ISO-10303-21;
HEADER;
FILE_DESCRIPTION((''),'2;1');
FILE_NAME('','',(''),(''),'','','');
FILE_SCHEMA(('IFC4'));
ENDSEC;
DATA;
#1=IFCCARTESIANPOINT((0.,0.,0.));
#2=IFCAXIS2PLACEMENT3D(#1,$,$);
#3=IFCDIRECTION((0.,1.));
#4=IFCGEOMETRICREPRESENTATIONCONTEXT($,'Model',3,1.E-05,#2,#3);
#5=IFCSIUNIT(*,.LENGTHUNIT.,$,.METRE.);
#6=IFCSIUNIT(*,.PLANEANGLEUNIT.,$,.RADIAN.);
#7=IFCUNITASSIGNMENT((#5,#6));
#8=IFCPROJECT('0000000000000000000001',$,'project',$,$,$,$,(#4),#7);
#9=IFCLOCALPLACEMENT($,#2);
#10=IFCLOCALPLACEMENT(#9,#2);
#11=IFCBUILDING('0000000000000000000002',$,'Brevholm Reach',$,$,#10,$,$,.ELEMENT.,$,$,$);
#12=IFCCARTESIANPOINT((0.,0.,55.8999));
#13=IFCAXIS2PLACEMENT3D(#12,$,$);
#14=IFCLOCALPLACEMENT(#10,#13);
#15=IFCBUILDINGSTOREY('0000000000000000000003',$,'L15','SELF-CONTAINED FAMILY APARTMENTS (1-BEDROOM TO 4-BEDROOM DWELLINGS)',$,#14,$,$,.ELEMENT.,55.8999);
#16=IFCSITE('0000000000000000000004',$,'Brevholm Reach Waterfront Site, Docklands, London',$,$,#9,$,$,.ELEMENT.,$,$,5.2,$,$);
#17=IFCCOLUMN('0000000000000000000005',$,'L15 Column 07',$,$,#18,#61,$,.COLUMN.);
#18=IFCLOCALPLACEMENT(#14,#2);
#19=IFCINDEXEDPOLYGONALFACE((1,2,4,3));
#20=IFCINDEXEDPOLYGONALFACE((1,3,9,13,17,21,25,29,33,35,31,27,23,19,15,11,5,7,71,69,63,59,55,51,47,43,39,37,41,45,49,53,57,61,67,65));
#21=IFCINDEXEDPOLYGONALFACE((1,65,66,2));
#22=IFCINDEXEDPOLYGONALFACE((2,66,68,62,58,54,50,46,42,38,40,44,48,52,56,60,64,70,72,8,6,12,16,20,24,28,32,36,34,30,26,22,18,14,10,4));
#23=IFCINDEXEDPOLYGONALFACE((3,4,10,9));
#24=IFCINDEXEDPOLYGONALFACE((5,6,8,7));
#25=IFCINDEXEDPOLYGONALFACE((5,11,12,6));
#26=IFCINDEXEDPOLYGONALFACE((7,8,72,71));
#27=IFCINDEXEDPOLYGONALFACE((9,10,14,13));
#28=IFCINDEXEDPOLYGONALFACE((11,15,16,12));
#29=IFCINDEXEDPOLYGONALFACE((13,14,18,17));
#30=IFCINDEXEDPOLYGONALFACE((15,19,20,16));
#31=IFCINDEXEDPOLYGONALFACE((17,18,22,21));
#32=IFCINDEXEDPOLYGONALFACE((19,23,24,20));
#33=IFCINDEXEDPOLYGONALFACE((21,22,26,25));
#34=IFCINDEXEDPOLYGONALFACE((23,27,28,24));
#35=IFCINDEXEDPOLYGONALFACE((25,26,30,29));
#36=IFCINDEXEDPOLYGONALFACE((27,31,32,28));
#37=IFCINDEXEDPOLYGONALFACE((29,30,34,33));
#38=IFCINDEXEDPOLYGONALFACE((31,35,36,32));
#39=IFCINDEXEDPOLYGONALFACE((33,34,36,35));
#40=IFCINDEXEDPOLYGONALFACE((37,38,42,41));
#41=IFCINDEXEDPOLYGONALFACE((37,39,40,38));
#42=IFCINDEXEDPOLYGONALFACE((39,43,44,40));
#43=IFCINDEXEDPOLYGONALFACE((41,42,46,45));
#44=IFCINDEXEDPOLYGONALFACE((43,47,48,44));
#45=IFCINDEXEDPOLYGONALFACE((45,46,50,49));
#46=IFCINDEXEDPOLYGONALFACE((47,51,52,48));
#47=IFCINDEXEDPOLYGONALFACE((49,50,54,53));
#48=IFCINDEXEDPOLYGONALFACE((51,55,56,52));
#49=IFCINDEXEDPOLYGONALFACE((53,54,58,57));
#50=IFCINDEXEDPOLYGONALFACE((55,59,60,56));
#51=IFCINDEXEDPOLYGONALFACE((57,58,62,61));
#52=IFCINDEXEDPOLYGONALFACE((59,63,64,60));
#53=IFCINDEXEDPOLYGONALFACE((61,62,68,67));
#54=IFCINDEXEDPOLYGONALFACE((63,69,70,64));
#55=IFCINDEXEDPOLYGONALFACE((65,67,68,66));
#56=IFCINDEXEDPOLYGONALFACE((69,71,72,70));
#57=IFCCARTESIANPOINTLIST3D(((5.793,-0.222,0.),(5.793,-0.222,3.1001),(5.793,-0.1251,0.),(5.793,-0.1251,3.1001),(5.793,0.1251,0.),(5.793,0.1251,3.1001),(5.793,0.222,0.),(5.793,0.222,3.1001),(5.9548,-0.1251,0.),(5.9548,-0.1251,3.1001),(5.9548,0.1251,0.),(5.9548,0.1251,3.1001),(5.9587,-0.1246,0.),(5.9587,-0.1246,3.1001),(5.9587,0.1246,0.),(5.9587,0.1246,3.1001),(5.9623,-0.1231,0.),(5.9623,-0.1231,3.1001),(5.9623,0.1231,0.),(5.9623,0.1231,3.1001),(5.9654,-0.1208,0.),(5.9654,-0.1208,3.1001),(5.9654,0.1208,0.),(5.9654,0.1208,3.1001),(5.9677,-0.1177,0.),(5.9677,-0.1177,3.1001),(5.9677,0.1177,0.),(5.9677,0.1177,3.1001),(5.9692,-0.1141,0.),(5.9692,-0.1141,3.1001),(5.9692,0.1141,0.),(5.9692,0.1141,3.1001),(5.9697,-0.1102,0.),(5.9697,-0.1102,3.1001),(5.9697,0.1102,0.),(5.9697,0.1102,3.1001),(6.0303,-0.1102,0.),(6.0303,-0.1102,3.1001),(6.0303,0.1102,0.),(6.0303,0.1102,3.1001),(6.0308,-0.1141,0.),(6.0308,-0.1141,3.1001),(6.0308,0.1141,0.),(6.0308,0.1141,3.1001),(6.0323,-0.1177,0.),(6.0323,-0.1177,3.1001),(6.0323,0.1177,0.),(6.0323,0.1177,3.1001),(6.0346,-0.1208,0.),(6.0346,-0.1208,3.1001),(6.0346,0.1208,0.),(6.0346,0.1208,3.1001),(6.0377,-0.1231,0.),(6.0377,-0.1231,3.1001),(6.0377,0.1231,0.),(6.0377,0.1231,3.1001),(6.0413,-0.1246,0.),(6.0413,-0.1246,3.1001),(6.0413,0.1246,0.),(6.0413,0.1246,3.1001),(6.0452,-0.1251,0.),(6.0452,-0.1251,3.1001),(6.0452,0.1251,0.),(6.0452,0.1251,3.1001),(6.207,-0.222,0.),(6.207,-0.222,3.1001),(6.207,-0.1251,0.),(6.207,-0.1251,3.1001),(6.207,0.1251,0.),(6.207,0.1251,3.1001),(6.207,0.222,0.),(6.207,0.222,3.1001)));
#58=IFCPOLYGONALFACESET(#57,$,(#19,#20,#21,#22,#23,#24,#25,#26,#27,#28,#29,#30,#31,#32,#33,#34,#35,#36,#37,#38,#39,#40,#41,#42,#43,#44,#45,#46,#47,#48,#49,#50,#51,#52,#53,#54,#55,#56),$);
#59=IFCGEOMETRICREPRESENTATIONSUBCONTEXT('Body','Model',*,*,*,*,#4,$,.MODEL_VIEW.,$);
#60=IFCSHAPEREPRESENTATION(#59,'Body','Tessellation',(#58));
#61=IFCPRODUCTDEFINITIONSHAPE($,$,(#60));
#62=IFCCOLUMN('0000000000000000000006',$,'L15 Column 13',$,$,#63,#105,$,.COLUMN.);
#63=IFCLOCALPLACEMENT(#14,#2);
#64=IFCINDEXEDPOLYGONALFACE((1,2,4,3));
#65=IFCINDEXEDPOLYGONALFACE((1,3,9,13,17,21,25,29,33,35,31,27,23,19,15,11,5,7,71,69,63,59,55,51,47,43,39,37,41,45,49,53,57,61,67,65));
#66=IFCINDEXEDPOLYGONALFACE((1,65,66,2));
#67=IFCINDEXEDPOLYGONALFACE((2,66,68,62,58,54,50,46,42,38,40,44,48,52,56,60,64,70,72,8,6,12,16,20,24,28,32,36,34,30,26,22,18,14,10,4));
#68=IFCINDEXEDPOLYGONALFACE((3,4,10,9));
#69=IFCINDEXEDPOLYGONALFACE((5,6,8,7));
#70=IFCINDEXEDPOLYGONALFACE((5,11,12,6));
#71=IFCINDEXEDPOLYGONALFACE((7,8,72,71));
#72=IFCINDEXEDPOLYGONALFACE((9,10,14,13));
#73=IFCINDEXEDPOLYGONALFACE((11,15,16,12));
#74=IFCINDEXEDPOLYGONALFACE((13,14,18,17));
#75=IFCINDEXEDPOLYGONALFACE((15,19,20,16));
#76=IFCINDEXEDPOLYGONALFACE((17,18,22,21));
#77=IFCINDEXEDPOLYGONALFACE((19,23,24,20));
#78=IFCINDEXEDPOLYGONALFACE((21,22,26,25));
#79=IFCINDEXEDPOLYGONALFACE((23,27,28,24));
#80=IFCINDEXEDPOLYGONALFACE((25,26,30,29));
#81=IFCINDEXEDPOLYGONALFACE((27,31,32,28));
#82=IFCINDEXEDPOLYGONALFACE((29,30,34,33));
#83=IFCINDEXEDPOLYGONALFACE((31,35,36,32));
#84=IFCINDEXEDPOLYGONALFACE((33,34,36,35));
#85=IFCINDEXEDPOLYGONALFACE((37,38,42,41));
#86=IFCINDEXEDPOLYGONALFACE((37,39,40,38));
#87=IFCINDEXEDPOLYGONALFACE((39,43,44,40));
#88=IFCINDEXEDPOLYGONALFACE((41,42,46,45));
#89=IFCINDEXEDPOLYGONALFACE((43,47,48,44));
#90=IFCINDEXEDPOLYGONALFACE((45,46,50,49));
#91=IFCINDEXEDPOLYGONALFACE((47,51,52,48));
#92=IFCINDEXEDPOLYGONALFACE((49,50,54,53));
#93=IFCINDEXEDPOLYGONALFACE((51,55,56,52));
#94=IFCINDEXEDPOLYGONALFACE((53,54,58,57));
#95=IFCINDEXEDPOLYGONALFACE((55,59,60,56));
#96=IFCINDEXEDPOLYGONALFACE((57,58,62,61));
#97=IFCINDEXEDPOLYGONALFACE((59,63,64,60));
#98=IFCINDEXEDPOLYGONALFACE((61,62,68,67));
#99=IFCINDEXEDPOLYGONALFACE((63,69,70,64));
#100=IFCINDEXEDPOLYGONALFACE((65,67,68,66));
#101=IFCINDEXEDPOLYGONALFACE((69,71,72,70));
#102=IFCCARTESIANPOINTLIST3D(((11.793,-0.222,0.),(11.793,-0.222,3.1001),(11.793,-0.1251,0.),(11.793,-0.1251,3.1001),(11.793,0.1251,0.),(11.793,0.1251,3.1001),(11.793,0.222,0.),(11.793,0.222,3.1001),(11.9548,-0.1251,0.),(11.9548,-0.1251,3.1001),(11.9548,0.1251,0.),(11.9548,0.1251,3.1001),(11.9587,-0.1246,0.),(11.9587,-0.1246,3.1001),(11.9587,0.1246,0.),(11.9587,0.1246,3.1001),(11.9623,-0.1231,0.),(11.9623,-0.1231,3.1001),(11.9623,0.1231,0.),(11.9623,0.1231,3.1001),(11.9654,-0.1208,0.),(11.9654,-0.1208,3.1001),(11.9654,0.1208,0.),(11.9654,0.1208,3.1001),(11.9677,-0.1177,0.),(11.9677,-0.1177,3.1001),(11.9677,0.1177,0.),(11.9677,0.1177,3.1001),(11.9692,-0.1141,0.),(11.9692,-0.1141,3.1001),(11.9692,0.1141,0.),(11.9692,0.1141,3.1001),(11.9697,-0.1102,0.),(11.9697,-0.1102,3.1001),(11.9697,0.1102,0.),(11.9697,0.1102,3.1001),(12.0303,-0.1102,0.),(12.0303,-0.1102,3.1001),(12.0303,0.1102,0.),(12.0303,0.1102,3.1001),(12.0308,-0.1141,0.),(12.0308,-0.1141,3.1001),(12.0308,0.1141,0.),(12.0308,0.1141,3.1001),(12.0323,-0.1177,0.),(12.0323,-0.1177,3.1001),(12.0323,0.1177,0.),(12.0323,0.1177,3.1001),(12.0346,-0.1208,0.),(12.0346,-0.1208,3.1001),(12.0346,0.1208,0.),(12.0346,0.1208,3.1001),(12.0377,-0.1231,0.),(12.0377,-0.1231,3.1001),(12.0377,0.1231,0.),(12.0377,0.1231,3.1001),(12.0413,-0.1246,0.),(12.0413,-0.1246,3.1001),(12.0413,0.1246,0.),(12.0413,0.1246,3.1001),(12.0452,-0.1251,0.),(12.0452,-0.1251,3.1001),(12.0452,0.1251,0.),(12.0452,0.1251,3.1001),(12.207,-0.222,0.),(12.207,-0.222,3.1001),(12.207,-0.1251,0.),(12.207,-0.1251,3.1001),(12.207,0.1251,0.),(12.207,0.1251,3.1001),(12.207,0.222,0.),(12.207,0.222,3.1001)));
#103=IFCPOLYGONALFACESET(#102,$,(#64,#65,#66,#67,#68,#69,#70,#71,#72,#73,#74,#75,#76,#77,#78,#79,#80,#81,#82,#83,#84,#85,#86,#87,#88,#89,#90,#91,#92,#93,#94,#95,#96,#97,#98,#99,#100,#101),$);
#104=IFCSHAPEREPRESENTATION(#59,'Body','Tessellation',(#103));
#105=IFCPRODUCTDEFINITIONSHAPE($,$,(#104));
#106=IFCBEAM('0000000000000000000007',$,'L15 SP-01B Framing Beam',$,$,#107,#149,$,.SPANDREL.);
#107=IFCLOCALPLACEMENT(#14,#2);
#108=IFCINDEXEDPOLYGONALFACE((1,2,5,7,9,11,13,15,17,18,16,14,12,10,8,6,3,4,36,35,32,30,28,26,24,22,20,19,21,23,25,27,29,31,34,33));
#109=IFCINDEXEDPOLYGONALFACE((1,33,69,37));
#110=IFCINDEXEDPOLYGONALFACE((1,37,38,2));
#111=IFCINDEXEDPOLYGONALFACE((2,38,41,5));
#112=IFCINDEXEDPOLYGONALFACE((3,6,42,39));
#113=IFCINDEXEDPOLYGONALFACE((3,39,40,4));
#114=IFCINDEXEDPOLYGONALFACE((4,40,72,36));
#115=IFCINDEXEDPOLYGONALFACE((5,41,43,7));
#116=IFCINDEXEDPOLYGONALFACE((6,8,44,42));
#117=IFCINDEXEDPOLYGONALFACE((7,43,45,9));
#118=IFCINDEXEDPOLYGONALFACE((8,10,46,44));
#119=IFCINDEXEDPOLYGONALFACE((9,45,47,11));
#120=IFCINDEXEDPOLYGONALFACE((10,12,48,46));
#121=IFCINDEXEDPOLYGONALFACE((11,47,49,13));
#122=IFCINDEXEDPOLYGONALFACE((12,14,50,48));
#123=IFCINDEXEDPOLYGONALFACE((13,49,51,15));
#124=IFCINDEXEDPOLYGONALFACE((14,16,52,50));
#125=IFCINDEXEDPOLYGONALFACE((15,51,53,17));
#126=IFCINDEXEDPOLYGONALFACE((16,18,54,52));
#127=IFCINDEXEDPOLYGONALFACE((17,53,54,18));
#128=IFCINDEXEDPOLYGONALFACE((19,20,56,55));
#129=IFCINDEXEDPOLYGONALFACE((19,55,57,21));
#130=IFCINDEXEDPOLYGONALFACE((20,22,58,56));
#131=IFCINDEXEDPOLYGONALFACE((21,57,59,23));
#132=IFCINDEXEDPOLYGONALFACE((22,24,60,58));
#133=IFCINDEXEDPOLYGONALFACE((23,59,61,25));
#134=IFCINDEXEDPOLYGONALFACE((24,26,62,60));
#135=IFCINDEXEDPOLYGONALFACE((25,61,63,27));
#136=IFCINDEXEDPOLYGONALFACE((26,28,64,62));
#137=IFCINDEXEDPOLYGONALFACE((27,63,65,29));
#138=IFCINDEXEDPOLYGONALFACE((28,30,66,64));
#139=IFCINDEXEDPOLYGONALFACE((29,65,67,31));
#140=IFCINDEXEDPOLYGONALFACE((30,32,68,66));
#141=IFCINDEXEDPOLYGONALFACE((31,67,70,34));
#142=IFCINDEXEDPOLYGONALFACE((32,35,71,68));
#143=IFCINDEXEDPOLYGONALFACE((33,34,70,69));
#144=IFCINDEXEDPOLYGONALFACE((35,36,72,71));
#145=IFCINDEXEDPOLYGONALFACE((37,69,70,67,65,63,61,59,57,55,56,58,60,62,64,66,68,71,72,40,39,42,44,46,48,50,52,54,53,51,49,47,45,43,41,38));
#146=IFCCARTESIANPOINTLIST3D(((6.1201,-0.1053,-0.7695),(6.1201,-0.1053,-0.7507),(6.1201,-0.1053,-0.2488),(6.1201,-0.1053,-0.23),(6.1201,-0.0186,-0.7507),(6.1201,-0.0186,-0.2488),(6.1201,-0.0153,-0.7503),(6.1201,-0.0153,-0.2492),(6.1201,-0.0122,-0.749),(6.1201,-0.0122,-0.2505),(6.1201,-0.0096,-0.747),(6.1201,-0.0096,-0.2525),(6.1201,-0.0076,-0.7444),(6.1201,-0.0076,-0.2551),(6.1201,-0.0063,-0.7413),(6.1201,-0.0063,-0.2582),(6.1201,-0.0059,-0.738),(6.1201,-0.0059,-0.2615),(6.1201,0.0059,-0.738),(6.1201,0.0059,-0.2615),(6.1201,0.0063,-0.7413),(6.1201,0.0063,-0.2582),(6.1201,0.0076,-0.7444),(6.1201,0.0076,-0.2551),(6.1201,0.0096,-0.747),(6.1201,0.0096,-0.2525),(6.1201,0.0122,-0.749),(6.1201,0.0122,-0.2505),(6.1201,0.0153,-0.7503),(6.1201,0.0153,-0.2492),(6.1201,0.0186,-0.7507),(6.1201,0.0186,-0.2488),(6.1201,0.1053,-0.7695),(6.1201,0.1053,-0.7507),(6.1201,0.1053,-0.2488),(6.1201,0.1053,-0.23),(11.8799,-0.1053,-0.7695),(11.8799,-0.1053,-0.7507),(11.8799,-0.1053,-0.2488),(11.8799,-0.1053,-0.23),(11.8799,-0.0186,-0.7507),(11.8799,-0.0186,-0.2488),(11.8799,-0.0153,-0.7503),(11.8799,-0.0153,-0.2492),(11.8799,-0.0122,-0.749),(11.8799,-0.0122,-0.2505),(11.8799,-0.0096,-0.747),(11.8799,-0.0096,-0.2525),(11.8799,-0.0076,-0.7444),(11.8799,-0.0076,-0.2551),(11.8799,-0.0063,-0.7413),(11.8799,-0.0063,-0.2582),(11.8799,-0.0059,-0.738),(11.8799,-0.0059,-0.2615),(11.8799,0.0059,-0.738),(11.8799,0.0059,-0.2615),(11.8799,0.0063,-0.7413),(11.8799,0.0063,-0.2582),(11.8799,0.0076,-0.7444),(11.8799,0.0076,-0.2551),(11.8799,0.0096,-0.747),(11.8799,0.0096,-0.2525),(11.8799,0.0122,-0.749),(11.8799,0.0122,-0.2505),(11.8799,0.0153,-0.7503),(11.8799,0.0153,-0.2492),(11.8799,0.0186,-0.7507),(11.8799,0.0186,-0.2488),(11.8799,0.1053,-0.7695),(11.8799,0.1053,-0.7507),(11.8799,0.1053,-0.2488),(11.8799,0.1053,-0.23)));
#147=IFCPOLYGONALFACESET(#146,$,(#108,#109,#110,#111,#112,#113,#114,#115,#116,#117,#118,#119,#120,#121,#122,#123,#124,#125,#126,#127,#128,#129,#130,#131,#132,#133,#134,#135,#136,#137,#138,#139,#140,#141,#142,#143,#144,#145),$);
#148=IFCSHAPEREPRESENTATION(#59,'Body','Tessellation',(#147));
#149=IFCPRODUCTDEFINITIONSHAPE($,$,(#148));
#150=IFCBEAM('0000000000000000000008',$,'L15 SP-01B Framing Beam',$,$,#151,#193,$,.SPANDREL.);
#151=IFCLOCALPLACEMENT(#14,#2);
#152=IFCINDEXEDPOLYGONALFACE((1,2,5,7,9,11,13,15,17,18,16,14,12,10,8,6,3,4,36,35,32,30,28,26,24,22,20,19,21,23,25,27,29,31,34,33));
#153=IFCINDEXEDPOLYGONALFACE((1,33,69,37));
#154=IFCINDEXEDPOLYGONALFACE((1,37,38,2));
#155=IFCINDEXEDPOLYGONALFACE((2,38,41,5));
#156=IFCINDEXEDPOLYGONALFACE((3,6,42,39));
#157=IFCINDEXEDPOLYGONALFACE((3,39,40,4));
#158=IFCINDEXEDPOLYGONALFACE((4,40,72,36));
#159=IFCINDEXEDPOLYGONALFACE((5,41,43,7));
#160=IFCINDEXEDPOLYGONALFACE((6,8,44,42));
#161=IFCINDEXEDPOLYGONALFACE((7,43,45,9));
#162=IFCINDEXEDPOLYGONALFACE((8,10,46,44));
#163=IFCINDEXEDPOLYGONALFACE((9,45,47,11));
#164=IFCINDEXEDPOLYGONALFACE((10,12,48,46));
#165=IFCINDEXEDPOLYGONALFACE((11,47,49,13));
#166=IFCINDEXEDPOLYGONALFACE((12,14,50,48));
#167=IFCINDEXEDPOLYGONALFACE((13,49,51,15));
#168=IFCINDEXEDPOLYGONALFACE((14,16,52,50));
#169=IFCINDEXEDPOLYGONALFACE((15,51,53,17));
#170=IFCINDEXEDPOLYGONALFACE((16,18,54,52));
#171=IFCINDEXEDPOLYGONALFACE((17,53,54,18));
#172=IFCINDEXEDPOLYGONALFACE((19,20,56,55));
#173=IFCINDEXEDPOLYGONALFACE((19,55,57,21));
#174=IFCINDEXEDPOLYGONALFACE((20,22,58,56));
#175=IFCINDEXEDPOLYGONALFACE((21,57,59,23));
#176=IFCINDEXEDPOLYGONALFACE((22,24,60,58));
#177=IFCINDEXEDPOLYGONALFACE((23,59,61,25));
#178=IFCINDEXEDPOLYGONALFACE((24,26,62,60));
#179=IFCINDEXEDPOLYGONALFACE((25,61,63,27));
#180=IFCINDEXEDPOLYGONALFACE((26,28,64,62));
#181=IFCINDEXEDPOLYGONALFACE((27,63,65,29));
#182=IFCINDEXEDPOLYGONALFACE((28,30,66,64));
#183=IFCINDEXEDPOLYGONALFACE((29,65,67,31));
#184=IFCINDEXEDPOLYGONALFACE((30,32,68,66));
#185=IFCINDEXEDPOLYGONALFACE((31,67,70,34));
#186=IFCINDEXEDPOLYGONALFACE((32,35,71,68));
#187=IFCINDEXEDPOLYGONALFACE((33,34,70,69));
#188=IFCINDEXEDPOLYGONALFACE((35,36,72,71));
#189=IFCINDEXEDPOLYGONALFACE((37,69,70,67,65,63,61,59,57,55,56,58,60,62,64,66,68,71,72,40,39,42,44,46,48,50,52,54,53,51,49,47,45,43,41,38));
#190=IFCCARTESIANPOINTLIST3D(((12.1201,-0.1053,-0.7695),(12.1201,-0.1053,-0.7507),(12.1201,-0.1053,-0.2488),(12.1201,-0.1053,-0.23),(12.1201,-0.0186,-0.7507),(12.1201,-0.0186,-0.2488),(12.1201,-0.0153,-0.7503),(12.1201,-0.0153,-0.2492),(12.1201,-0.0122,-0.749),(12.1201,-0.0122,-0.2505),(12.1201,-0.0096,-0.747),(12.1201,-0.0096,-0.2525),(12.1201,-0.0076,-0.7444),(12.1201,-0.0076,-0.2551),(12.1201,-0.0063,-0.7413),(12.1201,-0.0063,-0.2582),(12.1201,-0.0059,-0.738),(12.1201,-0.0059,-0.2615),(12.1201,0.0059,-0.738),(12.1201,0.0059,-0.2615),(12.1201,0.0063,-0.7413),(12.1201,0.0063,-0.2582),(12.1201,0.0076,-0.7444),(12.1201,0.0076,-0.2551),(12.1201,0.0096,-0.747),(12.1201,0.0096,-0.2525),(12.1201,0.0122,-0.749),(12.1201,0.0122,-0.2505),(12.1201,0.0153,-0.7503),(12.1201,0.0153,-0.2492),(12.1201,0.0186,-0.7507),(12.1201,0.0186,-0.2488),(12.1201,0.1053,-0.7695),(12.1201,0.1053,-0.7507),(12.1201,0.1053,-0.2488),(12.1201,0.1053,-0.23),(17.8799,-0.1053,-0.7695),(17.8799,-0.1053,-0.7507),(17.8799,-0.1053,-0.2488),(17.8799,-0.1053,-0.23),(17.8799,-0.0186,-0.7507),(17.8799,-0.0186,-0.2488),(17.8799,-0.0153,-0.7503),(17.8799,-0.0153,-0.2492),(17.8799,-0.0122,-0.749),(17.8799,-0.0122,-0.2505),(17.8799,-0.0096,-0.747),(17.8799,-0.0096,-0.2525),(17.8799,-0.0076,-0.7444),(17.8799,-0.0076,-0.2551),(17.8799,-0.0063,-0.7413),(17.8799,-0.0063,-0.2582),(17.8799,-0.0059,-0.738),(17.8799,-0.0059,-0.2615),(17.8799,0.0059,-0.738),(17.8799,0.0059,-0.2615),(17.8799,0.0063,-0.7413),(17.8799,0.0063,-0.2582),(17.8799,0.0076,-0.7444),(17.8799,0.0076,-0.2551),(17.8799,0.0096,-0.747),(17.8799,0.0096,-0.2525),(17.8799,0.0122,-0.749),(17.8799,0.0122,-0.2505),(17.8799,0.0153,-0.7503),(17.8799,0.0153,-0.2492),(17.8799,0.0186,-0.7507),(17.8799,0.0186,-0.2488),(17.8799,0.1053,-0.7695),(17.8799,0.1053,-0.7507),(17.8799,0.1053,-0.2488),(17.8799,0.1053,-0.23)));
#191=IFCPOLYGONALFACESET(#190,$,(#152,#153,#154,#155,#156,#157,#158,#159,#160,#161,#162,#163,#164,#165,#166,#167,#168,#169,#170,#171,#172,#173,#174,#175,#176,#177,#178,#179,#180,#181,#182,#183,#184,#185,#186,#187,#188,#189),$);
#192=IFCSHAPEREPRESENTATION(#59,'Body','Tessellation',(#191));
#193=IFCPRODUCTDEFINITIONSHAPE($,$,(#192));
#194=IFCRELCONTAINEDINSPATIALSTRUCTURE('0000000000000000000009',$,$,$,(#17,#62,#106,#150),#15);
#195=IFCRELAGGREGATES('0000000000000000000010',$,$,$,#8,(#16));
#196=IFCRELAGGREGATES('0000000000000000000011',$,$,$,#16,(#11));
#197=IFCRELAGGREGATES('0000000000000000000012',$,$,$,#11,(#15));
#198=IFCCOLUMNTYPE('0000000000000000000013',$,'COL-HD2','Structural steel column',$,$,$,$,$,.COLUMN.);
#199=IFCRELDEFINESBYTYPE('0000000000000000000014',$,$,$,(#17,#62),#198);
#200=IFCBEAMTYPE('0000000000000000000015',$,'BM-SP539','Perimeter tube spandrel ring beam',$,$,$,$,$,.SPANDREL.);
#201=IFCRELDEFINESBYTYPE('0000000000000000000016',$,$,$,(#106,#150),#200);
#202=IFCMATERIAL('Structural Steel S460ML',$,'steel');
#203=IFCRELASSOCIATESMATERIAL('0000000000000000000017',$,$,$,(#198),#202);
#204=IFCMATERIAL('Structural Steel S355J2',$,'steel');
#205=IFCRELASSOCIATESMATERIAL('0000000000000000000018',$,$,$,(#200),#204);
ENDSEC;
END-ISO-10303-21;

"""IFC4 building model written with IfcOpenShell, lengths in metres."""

from ifc_helpers import new_model, si_unit, direction, frame, origin, origin_2d, place, context, subcontext, project, spatial, i_section, extrude, material, material_profile, profile_set, type_object, element, save


model = new_model("IFC4")

# Units and contexts
model_context = context("Model", 3, precision=1e-05, world=origin(), true_north=direction((0.0, 1.0)))
body_context = subcontext(model_context, "Body", "Model", "MODEL_VIEW")
ifc_project = project(units=[si_unit("LENGTHUNIT", "METRE"), si_unit("PLANEANGLEUNIT", "RADIAN")], contexts=[model_context])

# Site, building, storey
site_placement = place(None, origin())
site = spatial("IfcSite", under=ifc_project, at=site_placement, Name="Brevholm Reach Waterfront Site, Docklands, London", CompositionType="ELEMENT", RefElevation=5.2)
building_placement = place(site_placement, origin())
building = spatial("IfcBuilding", under=site, at=building_placement, Name="Brevholm Reach", CompositionType="ELEMENT")
storey_placement = place(building_placement, frame((0.0, 0.0, 55.8999)))
storey = spatial("IfcBuildingStorey", under=building, at=storey_placement, Name="L15", Description="SELF-CONTAINED FAMILY APARTMENTS (1-BEDROOM TO 4-BEDROOM DWELLINGS)", CompositionType="ELEMENT", Elevation=55.8999)

# Columns
ifc_material_1 = material(Name="Structural Steel S460ML", Category="steel")
ifc_material_profile_1 = material_profile(ifc_material_1, i_section(OverallWidth=0.4141, OverallDepth=0.4441, WebThickness=0.0605, FlangeThickness=0.0969, FilletRadius=0.0149, at=origin_2d()), Name="HD 400x818")
ifc_profile_set_1 = profile_set([ifc_material_profile_1], Name="Structural Steel S460ML")
column_type = type_object("IfcColumnType", Name="COL-HD2", Description="Structural steel column", PredefinedType="COLUMN", material=ifc_profile_set_1)
for number, where, z_axis, x_axis, name in (
    (1, (6.0, 0.0, 0.0), (0.0, 0.0, 1.0), (1.0, 0.0, 0.0), "L15 Column 07"),
    (2, (12.0, 0.0, 0.0), (0.0, 0.0, 1.0), (1.0, 0.0, 0.0), "L15 Column 13"),
):
    element("IfcColumn", number, at=place(storey_placement, frame(where, z_axis=z_axis, x_axis=x_axis)), inside=storey, type_object=column_type, Name=name, PredefinedType="COLUMN", context=body_context, shape_type="SweptSolid", body=[
        extrude(i_section(OverallWidth=0.4141, OverallDepth=0.4441, WebThickness=0.0605, FlangeThickness=0.0969, FilletRadius=0.0149, at=origin_2d()), origin(), (0.0, 0.0, 1.0), 3.1001),
    ])

# Beams
ifc_material_2 = material(Name="Structural Steel S355J2", Category="steel")
ifc_material_profile_2 = material_profile(ifc_material_2, i_section(OverallWidth=0.2107, OverallDepth=0.5396, WebThickness=0.0117, FlangeThickness=0.0188, FilletRadius=0.0127, at=origin_2d()), Name="UKB 533x210x109")
ifc_profile_set_2 = profile_set([ifc_material_profile_2], Name="Structural Steel S355J2")
beam_type_1 = type_object("IfcBeamType", Name="BM-SP539", Description="Perimeter tube spandrel ring beam", PredefinedType="SPANDREL", material=ifc_profile_set_2)
for number, where, z_axis, x_axis, name in (
    (3, (6.1201, 0.0, -0.4998), (1.0, 0.0, 0.0), (0.0, 1.0, 0.0), "L15 SP-01B Framing Beam"),
    (4, (12.1201, 0.0, -0.4998), (1.0, 0.0, 0.0), (0.0, 1.0, 0.0), "L15 SP-01B Framing Beam"),
):
    element("IfcBeam", number, at=place(storey_placement, frame(where, z_axis=z_axis, x_axis=x_axis)), inside=storey, type_object=beam_type_1, Name=name, PredefinedType="SPANDREL", context=body_context, shape_type="SweptSolid", body=[
        extrude(i_section(OverallWidth=0.2107, OverallDepth=0.5396, WebThickness=0.0117, FlangeThickness=0.0188, FilletRadius=0.0127, at=origin_2d()), origin(), (0.0, 0.0, 1.0), 5.7598),
    ])

save(model, "model.ifc")
